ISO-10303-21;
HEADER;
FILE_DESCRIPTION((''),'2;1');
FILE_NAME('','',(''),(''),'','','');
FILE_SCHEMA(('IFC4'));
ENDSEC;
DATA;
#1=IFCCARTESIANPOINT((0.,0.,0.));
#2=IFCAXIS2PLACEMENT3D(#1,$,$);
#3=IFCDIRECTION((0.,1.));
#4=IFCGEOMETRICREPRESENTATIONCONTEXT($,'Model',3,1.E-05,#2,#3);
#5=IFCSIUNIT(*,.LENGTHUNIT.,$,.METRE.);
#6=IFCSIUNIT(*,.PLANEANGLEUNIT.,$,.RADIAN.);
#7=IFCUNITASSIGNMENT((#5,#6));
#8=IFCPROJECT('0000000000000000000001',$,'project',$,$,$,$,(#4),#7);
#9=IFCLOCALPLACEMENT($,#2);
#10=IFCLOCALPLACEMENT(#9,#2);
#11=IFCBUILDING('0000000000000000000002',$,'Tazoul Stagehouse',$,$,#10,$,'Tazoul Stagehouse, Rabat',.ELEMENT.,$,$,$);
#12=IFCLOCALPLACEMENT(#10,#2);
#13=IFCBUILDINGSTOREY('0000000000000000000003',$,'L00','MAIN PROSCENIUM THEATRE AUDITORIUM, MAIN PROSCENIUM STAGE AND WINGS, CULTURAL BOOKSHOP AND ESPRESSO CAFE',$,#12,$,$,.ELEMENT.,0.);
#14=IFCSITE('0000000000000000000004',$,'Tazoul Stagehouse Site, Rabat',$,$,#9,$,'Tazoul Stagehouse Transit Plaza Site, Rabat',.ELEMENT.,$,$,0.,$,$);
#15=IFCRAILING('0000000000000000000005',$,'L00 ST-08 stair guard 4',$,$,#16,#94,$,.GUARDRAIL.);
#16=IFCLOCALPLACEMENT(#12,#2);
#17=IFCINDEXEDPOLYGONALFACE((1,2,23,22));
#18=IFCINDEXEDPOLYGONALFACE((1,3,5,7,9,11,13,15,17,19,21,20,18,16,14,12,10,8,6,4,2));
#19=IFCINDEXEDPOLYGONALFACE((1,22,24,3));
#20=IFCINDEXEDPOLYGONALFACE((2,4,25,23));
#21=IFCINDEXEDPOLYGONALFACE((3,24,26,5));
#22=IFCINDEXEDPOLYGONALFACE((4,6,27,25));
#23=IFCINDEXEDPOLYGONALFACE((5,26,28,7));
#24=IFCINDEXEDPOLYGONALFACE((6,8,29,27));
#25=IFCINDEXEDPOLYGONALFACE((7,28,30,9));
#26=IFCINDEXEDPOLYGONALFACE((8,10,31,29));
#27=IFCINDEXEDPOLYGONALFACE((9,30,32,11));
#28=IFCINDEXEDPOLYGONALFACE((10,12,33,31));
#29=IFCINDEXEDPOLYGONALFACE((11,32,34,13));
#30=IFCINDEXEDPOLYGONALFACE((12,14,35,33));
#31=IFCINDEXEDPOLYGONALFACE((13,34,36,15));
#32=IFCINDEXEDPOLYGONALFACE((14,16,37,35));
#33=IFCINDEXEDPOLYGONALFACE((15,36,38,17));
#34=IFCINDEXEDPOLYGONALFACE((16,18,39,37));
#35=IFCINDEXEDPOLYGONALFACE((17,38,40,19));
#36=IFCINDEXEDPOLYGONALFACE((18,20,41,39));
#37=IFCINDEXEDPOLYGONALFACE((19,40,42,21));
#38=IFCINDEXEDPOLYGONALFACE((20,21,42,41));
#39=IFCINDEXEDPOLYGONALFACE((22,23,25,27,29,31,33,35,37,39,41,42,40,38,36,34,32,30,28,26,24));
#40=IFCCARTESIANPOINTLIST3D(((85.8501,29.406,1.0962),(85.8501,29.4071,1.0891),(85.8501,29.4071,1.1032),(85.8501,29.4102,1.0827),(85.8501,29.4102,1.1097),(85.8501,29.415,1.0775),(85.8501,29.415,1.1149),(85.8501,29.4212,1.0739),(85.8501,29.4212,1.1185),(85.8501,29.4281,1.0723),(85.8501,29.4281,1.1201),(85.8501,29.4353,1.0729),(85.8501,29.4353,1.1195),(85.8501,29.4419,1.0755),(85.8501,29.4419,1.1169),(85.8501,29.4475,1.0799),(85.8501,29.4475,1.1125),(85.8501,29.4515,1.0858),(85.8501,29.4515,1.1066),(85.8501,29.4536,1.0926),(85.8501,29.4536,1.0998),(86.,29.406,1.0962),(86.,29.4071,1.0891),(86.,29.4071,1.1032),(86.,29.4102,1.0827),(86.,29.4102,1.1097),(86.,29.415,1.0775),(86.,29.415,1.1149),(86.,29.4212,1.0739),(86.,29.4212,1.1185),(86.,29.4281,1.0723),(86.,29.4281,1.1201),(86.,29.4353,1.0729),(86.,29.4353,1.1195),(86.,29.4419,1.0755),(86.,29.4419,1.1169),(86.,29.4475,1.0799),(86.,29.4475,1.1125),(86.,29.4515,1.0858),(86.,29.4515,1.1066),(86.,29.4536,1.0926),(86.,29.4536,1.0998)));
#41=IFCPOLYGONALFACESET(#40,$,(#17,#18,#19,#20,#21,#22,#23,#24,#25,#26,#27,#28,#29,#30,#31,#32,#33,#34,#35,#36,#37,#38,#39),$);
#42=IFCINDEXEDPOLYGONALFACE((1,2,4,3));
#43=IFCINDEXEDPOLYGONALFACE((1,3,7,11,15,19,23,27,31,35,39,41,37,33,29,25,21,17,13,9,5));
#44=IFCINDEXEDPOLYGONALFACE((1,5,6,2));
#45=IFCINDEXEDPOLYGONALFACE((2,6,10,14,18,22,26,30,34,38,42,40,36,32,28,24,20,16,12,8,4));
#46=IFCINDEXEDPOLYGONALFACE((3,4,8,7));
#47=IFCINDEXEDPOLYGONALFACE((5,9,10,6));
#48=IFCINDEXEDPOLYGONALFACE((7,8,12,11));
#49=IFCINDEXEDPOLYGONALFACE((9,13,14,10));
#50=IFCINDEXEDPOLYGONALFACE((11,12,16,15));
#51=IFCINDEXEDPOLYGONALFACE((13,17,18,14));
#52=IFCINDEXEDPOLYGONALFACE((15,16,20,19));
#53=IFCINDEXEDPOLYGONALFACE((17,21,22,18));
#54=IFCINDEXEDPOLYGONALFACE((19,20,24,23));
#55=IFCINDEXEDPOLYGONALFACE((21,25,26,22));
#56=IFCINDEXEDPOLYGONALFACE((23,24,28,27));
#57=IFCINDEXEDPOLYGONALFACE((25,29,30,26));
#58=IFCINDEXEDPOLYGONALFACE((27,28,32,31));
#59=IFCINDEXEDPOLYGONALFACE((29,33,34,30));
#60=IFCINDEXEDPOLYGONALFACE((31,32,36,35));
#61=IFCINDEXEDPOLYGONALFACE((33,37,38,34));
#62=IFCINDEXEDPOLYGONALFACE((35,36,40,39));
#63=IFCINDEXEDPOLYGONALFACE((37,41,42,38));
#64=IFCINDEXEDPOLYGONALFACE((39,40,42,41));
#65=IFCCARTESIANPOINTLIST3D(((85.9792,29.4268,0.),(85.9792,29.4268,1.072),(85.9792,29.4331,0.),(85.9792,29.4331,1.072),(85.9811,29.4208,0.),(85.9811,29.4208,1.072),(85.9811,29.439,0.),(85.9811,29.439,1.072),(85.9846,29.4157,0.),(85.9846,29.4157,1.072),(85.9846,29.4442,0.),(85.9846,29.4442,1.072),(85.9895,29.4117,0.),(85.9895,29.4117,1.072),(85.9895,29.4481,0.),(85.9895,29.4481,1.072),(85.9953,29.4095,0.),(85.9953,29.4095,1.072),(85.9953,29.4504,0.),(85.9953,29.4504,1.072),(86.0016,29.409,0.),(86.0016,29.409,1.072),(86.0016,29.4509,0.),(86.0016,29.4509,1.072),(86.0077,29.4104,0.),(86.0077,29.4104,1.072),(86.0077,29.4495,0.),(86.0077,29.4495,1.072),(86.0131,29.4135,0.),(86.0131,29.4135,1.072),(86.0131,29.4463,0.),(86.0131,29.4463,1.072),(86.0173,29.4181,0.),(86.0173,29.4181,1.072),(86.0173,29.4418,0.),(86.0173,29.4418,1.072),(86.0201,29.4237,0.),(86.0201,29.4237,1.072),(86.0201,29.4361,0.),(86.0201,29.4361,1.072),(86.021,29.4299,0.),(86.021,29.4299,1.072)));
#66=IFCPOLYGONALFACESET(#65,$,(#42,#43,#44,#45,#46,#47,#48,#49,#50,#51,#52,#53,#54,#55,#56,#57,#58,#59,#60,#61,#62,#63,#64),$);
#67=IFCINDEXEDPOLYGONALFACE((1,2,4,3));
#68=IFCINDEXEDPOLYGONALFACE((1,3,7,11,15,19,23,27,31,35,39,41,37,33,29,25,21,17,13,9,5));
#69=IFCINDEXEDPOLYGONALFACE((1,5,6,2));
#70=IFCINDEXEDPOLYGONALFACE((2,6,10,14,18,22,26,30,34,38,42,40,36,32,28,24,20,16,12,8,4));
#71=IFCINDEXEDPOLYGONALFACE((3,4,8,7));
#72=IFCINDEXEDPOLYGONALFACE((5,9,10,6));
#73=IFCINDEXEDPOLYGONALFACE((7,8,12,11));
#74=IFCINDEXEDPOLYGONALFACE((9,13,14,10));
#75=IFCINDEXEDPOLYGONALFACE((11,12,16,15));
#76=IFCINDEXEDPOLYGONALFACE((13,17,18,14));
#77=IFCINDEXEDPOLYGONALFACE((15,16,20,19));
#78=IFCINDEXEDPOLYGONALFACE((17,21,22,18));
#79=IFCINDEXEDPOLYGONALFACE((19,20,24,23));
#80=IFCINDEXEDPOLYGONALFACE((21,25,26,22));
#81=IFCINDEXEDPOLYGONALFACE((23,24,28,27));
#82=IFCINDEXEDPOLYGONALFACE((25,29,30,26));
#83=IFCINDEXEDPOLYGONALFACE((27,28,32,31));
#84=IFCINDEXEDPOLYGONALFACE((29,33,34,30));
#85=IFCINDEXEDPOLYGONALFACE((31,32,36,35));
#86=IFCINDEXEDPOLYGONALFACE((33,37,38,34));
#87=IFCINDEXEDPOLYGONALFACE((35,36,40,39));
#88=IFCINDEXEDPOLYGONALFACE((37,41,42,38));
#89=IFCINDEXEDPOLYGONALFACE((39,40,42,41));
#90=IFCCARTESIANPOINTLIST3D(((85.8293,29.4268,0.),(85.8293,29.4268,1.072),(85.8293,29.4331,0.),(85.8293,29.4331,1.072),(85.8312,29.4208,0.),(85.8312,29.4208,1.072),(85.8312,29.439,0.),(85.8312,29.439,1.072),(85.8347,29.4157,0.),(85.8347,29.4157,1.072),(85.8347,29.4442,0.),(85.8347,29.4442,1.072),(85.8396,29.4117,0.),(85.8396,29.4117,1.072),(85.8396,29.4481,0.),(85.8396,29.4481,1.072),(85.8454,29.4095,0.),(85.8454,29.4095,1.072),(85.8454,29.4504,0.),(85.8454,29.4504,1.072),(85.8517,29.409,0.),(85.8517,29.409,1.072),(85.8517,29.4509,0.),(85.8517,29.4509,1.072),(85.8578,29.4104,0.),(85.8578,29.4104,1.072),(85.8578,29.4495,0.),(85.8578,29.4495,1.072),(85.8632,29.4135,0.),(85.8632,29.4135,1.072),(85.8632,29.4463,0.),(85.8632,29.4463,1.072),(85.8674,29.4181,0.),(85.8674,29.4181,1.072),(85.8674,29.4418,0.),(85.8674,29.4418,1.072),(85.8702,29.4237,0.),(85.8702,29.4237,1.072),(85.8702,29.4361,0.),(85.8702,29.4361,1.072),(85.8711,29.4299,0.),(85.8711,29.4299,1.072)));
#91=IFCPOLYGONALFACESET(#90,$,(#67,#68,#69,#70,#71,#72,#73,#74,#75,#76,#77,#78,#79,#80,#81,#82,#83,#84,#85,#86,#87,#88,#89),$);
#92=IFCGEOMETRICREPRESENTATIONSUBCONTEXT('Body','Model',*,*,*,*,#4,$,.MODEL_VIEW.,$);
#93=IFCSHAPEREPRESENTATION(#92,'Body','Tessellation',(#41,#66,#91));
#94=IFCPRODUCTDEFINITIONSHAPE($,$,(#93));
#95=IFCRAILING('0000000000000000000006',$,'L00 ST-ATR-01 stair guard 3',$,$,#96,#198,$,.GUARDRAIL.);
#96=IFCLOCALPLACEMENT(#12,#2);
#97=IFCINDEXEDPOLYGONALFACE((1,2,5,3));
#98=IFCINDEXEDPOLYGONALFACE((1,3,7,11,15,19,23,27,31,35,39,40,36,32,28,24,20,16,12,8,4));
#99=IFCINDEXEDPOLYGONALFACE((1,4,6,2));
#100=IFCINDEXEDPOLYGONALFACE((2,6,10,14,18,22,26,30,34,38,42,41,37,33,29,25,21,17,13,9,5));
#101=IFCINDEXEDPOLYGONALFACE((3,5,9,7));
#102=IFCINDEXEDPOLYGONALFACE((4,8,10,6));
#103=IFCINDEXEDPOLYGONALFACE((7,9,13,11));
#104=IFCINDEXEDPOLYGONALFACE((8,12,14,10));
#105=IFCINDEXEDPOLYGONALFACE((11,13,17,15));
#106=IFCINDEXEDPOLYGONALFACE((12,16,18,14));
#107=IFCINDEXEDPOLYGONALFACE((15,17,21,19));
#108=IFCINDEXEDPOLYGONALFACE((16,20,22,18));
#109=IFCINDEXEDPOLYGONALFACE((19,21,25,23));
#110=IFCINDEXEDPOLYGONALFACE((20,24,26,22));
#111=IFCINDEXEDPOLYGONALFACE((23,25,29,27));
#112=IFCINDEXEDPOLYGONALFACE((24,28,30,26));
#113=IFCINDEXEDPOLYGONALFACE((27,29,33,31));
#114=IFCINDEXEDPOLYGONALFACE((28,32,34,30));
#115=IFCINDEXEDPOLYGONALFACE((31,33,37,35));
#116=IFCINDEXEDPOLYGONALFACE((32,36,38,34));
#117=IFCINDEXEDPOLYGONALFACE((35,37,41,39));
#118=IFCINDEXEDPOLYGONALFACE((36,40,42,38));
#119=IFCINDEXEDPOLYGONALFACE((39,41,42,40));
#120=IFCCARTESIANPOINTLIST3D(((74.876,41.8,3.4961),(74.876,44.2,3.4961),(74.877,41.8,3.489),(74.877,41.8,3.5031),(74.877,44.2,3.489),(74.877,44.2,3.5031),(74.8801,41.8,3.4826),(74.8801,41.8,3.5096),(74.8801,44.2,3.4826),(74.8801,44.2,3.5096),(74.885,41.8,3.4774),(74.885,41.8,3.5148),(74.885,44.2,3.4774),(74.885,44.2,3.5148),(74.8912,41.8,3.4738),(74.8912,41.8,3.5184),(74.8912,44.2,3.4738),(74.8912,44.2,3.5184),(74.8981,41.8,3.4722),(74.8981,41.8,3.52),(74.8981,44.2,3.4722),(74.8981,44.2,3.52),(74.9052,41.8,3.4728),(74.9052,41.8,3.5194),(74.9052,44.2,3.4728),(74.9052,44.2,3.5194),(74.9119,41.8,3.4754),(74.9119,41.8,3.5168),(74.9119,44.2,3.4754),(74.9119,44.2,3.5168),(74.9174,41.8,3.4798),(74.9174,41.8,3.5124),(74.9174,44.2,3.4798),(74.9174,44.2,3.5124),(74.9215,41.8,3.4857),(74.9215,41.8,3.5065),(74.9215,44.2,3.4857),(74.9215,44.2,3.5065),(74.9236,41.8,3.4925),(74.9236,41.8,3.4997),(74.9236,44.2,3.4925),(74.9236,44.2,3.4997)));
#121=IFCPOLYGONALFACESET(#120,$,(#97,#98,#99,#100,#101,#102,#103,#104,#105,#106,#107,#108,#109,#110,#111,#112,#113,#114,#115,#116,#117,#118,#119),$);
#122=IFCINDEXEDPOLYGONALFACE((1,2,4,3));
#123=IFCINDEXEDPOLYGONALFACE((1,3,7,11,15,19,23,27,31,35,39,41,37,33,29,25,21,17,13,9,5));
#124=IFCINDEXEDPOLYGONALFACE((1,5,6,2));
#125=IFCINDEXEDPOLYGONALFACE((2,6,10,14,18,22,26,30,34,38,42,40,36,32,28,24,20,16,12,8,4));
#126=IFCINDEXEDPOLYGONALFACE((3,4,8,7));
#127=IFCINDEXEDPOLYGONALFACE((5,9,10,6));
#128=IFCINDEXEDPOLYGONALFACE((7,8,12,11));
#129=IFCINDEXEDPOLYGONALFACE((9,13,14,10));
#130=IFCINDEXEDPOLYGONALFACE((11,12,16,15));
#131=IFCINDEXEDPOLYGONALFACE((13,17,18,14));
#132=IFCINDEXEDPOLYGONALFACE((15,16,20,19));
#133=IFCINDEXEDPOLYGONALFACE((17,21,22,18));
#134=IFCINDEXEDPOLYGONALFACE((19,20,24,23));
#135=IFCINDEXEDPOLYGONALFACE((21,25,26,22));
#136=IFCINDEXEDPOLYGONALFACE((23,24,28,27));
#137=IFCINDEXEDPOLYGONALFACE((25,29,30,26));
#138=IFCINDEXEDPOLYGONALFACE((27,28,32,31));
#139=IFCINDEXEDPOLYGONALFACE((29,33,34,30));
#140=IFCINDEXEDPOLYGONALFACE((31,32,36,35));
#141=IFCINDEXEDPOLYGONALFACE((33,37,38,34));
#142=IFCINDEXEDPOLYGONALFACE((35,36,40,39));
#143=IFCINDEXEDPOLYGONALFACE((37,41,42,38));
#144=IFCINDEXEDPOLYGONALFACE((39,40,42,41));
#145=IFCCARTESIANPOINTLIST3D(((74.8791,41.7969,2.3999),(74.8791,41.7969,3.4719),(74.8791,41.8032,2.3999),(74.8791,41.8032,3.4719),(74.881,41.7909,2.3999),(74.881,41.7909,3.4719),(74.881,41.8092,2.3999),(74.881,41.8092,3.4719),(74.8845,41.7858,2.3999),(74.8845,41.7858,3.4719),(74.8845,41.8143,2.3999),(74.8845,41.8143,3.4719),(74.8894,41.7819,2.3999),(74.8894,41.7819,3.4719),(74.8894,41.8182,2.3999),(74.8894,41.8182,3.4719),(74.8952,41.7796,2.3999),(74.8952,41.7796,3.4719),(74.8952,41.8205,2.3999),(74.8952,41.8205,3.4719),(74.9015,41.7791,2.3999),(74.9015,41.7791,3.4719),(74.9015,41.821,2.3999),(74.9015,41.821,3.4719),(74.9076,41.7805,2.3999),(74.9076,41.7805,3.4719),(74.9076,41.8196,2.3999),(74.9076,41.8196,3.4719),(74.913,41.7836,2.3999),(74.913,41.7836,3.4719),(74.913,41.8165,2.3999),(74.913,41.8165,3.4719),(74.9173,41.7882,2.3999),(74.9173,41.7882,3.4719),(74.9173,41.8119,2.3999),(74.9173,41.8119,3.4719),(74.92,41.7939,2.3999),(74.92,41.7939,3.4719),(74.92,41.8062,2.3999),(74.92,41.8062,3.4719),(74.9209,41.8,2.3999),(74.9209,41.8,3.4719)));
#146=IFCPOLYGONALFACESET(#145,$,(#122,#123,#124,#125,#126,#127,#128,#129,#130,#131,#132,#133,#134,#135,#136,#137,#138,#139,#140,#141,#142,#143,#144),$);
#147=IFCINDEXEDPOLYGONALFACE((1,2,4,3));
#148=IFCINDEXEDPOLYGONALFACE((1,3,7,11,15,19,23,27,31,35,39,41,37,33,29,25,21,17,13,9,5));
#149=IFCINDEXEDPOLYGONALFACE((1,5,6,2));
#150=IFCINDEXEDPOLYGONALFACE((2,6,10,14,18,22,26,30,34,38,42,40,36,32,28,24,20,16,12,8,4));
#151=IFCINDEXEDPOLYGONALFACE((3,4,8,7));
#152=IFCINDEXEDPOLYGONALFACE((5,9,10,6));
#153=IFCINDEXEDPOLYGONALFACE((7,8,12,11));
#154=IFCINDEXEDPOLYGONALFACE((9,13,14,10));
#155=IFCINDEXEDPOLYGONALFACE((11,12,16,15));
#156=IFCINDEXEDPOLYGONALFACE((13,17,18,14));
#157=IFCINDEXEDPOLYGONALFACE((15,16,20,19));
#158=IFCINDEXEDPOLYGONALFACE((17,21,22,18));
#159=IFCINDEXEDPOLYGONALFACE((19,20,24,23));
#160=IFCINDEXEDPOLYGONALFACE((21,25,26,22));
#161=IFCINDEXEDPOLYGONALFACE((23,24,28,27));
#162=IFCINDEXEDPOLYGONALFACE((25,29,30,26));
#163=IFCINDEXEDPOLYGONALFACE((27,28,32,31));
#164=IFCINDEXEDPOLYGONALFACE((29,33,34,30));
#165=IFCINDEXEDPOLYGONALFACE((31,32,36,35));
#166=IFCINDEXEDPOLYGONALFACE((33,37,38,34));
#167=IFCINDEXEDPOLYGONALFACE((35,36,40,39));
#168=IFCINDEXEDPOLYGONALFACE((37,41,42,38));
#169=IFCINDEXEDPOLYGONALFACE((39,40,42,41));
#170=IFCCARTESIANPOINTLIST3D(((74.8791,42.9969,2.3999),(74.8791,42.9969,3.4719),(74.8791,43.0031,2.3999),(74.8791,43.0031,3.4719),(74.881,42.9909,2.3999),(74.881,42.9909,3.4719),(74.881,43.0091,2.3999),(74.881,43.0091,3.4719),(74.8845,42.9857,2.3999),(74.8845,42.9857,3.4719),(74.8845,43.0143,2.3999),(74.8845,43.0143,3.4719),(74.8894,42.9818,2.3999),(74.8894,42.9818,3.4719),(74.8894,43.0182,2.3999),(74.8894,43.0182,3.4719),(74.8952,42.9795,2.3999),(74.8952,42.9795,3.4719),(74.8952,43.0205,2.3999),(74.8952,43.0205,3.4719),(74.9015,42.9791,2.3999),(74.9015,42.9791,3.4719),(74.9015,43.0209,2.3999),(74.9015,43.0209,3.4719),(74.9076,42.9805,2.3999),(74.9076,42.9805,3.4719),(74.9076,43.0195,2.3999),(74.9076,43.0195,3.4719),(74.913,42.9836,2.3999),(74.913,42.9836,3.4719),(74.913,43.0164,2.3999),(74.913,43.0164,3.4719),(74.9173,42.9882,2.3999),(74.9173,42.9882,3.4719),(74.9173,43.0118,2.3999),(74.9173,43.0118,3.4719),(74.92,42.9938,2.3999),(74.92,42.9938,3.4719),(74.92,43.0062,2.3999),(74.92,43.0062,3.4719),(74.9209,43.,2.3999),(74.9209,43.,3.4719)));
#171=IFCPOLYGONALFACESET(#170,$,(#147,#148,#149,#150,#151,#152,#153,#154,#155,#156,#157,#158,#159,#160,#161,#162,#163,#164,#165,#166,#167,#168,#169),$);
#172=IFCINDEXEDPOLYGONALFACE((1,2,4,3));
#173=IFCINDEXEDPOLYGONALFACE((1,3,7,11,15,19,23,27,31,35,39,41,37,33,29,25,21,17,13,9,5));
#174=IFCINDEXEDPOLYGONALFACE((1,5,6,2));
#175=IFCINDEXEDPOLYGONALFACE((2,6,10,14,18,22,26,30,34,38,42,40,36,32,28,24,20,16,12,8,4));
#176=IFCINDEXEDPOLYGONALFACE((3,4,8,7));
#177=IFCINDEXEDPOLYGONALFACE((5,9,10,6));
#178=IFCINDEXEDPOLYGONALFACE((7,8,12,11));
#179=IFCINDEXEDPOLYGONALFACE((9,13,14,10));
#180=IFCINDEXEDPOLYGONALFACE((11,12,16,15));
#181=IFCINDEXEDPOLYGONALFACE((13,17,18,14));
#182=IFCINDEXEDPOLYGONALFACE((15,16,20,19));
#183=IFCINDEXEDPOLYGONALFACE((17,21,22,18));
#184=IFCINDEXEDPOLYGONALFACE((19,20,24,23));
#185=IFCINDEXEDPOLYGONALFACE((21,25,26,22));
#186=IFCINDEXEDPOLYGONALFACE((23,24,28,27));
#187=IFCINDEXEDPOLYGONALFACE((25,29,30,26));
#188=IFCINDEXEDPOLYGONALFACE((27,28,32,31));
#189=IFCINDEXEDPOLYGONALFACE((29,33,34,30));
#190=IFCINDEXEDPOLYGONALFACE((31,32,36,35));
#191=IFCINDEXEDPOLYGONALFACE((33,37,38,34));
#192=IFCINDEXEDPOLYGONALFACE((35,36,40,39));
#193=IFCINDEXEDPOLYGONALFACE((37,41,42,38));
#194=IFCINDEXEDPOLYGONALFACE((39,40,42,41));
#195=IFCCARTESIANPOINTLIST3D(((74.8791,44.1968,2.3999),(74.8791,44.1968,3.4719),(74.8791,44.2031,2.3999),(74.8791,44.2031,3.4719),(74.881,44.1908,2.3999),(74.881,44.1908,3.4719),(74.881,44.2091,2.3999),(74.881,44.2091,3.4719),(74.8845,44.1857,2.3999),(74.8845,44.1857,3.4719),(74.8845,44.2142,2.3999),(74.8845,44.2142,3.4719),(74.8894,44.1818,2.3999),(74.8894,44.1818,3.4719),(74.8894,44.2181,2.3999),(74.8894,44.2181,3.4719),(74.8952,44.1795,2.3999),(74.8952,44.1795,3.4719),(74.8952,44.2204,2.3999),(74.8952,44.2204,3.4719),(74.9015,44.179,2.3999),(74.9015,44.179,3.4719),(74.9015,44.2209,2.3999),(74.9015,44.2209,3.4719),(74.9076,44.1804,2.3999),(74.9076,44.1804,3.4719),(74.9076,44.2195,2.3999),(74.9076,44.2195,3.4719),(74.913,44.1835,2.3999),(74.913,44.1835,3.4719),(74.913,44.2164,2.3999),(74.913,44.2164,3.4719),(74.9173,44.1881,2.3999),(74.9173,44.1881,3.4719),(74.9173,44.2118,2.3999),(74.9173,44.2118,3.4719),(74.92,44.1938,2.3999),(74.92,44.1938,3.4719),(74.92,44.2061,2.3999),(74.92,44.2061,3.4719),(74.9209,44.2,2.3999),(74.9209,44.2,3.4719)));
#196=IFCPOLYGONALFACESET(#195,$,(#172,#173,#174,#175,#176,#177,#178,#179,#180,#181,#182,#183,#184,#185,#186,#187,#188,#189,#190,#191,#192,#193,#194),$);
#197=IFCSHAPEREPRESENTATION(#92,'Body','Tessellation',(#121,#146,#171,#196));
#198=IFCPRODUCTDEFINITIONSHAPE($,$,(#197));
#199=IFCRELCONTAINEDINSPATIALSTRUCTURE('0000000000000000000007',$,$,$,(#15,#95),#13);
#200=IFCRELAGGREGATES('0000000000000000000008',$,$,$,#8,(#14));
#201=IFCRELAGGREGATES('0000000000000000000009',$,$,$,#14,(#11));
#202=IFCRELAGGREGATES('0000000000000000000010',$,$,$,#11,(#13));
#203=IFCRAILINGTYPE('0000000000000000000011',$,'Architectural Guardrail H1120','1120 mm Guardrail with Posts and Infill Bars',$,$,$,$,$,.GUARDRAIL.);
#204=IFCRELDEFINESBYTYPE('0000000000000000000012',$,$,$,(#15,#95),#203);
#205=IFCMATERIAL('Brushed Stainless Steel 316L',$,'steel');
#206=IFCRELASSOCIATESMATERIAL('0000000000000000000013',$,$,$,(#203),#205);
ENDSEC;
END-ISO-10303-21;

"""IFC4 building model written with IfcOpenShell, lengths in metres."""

from ifc_helpers import new_model, si_unit, direction, frame, origin, origin_2d, place, context, subcontext, project, spatial, circle, extrude, material, material_profile, profile_set, type_object, element, save


model = new_model("IFC4")

# Units and contexts
model_context = context("Model", 3, precision=1e-05, world=origin(), true_north=direction((0.0, 1.0)))
body_context = subcontext(model_context, "Body", "Model", "MODEL_VIEW")
ifc_project = project(units=[si_unit("LENGTHUNIT", "METRE"), si_unit("PLANEANGLEUNIT", "RADIAN")], contexts=[model_context])

# Site, building, storey
site_placement = place(None, origin())
site = spatial("IfcSite", under=ifc_project, at=site_placement, Name="Tazoul Stagehouse Site, Rabat", LongName="Tazoul Stagehouse Transit Plaza Site, Rabat", CompositionType="ELEMENT", RefElevation=0.0)
building_placement = place(site_placement, origin())
building = spatial("IfcBuilding", under=site, at=building_placement, Name="Tazoul Stagehouse", LongName="Tazoul Stagehouse, Rabat", CompositionType="ELEMENT")
storey_placement = place(building_placement, origin())
storey = spatial("IfcBuildingStorey", under=building, at=storey_placement, Name="L00", Description="MAIN PROSCENIUM THEATRE AUDITORIUM, MAIN PROSCENIUM STAGE AND WINGS, CULTURAL BOOKSHOP AND ESPRESSO CAFE", CompositionType="ELEMENT", Elevation=0.0)

# Railings
ifc_material_1 = material(Name="Brushed Stainless Steel 316L", Category="steel")
ifc_material_profile_1 = material_profile(ifc_material_1, circle(Radius=0.0239, at=origin_2d()), Name="SS RAIL D48")
ifc_profile_set_1 = profile_set([ifc_material_profile_1], Name="Brushed Stainless Steel 316L")
railing_type_1 = type_object("IfcRailingType", Name="Architectural Guardrail H1120", Description="1120 mm Guardrail with Posts and Infill Bars", PredefinedType="GUARDRAIL", material=ifc_profile_set_1)
railing_1_placement = place(storey_placement, frame((86.0, 29.4299, 0.0)))
element("IfcRailing", 1, at=railing_1_placement, inside=storey, type_object=railing_type_1, Name="L00 ST-08 stair guard 4", PredefinedType="GUARDRAIL", context=body_context, shape_type="SweptSolid", body=[
    extrude(circle(Radius=0.0239, at=origin_2d()), frame((0.0, 0.0, 1.0962), z_axis=(-1.0, 0.0, 0.0), x_axis=(0.0, -1.0, 0.0)), (0.0, 0.0, 1.0), 0.1499),
    extrude(circle(Radius=0.021, at=origin_2d()), origin(), (0.0, 0.0, 1.0), 1.072),
    extrude(circle(Radius=0.021, at=origin_2d()), frame((-0.1499, 0.0, 0.0)), (0.0, 0.0, 1.0), 1.072),
])
railing_2_placement = place(storey_placement, frame((74.8999, 41.8, 2.3999)))
element("IfcRailing", 2, at=railing_2_placement, inside=storey, type_object=railing_type_1, Name="L00 ST-ATR-01 stair guard 3", PredefinedType="GUARDRAIL", context=body_context, shape_type="SweptSolid", body=[
    extrude(circle(Radius=0.0239, at=origin_2d()), frame((0.0, 0.0, 1.0962), z_axis=(0.0, 1.0, 0.0), x_axis=(-1.0, 0.0, 0.0)), (0.0, 0.0, 1.0), 2.3999),
    extrude(circle(Radius=0.021, at=origin_2d()), origin(), (0.0, 0.0, 1.0), 1.072),
    extrude(circle(Radius=0.021, at=origin_2d()), frame((0.0, 1.2, 0.0)), (0.0, 0.0, 1.0), 1.072),
    extrude(circle(Radius=0.021, at=origin_2d()), frame((0.0, 2.3999, 0.0)), (0.0, 0.0, 1.0), 1.072),
])

save(model, "model.ifc")
